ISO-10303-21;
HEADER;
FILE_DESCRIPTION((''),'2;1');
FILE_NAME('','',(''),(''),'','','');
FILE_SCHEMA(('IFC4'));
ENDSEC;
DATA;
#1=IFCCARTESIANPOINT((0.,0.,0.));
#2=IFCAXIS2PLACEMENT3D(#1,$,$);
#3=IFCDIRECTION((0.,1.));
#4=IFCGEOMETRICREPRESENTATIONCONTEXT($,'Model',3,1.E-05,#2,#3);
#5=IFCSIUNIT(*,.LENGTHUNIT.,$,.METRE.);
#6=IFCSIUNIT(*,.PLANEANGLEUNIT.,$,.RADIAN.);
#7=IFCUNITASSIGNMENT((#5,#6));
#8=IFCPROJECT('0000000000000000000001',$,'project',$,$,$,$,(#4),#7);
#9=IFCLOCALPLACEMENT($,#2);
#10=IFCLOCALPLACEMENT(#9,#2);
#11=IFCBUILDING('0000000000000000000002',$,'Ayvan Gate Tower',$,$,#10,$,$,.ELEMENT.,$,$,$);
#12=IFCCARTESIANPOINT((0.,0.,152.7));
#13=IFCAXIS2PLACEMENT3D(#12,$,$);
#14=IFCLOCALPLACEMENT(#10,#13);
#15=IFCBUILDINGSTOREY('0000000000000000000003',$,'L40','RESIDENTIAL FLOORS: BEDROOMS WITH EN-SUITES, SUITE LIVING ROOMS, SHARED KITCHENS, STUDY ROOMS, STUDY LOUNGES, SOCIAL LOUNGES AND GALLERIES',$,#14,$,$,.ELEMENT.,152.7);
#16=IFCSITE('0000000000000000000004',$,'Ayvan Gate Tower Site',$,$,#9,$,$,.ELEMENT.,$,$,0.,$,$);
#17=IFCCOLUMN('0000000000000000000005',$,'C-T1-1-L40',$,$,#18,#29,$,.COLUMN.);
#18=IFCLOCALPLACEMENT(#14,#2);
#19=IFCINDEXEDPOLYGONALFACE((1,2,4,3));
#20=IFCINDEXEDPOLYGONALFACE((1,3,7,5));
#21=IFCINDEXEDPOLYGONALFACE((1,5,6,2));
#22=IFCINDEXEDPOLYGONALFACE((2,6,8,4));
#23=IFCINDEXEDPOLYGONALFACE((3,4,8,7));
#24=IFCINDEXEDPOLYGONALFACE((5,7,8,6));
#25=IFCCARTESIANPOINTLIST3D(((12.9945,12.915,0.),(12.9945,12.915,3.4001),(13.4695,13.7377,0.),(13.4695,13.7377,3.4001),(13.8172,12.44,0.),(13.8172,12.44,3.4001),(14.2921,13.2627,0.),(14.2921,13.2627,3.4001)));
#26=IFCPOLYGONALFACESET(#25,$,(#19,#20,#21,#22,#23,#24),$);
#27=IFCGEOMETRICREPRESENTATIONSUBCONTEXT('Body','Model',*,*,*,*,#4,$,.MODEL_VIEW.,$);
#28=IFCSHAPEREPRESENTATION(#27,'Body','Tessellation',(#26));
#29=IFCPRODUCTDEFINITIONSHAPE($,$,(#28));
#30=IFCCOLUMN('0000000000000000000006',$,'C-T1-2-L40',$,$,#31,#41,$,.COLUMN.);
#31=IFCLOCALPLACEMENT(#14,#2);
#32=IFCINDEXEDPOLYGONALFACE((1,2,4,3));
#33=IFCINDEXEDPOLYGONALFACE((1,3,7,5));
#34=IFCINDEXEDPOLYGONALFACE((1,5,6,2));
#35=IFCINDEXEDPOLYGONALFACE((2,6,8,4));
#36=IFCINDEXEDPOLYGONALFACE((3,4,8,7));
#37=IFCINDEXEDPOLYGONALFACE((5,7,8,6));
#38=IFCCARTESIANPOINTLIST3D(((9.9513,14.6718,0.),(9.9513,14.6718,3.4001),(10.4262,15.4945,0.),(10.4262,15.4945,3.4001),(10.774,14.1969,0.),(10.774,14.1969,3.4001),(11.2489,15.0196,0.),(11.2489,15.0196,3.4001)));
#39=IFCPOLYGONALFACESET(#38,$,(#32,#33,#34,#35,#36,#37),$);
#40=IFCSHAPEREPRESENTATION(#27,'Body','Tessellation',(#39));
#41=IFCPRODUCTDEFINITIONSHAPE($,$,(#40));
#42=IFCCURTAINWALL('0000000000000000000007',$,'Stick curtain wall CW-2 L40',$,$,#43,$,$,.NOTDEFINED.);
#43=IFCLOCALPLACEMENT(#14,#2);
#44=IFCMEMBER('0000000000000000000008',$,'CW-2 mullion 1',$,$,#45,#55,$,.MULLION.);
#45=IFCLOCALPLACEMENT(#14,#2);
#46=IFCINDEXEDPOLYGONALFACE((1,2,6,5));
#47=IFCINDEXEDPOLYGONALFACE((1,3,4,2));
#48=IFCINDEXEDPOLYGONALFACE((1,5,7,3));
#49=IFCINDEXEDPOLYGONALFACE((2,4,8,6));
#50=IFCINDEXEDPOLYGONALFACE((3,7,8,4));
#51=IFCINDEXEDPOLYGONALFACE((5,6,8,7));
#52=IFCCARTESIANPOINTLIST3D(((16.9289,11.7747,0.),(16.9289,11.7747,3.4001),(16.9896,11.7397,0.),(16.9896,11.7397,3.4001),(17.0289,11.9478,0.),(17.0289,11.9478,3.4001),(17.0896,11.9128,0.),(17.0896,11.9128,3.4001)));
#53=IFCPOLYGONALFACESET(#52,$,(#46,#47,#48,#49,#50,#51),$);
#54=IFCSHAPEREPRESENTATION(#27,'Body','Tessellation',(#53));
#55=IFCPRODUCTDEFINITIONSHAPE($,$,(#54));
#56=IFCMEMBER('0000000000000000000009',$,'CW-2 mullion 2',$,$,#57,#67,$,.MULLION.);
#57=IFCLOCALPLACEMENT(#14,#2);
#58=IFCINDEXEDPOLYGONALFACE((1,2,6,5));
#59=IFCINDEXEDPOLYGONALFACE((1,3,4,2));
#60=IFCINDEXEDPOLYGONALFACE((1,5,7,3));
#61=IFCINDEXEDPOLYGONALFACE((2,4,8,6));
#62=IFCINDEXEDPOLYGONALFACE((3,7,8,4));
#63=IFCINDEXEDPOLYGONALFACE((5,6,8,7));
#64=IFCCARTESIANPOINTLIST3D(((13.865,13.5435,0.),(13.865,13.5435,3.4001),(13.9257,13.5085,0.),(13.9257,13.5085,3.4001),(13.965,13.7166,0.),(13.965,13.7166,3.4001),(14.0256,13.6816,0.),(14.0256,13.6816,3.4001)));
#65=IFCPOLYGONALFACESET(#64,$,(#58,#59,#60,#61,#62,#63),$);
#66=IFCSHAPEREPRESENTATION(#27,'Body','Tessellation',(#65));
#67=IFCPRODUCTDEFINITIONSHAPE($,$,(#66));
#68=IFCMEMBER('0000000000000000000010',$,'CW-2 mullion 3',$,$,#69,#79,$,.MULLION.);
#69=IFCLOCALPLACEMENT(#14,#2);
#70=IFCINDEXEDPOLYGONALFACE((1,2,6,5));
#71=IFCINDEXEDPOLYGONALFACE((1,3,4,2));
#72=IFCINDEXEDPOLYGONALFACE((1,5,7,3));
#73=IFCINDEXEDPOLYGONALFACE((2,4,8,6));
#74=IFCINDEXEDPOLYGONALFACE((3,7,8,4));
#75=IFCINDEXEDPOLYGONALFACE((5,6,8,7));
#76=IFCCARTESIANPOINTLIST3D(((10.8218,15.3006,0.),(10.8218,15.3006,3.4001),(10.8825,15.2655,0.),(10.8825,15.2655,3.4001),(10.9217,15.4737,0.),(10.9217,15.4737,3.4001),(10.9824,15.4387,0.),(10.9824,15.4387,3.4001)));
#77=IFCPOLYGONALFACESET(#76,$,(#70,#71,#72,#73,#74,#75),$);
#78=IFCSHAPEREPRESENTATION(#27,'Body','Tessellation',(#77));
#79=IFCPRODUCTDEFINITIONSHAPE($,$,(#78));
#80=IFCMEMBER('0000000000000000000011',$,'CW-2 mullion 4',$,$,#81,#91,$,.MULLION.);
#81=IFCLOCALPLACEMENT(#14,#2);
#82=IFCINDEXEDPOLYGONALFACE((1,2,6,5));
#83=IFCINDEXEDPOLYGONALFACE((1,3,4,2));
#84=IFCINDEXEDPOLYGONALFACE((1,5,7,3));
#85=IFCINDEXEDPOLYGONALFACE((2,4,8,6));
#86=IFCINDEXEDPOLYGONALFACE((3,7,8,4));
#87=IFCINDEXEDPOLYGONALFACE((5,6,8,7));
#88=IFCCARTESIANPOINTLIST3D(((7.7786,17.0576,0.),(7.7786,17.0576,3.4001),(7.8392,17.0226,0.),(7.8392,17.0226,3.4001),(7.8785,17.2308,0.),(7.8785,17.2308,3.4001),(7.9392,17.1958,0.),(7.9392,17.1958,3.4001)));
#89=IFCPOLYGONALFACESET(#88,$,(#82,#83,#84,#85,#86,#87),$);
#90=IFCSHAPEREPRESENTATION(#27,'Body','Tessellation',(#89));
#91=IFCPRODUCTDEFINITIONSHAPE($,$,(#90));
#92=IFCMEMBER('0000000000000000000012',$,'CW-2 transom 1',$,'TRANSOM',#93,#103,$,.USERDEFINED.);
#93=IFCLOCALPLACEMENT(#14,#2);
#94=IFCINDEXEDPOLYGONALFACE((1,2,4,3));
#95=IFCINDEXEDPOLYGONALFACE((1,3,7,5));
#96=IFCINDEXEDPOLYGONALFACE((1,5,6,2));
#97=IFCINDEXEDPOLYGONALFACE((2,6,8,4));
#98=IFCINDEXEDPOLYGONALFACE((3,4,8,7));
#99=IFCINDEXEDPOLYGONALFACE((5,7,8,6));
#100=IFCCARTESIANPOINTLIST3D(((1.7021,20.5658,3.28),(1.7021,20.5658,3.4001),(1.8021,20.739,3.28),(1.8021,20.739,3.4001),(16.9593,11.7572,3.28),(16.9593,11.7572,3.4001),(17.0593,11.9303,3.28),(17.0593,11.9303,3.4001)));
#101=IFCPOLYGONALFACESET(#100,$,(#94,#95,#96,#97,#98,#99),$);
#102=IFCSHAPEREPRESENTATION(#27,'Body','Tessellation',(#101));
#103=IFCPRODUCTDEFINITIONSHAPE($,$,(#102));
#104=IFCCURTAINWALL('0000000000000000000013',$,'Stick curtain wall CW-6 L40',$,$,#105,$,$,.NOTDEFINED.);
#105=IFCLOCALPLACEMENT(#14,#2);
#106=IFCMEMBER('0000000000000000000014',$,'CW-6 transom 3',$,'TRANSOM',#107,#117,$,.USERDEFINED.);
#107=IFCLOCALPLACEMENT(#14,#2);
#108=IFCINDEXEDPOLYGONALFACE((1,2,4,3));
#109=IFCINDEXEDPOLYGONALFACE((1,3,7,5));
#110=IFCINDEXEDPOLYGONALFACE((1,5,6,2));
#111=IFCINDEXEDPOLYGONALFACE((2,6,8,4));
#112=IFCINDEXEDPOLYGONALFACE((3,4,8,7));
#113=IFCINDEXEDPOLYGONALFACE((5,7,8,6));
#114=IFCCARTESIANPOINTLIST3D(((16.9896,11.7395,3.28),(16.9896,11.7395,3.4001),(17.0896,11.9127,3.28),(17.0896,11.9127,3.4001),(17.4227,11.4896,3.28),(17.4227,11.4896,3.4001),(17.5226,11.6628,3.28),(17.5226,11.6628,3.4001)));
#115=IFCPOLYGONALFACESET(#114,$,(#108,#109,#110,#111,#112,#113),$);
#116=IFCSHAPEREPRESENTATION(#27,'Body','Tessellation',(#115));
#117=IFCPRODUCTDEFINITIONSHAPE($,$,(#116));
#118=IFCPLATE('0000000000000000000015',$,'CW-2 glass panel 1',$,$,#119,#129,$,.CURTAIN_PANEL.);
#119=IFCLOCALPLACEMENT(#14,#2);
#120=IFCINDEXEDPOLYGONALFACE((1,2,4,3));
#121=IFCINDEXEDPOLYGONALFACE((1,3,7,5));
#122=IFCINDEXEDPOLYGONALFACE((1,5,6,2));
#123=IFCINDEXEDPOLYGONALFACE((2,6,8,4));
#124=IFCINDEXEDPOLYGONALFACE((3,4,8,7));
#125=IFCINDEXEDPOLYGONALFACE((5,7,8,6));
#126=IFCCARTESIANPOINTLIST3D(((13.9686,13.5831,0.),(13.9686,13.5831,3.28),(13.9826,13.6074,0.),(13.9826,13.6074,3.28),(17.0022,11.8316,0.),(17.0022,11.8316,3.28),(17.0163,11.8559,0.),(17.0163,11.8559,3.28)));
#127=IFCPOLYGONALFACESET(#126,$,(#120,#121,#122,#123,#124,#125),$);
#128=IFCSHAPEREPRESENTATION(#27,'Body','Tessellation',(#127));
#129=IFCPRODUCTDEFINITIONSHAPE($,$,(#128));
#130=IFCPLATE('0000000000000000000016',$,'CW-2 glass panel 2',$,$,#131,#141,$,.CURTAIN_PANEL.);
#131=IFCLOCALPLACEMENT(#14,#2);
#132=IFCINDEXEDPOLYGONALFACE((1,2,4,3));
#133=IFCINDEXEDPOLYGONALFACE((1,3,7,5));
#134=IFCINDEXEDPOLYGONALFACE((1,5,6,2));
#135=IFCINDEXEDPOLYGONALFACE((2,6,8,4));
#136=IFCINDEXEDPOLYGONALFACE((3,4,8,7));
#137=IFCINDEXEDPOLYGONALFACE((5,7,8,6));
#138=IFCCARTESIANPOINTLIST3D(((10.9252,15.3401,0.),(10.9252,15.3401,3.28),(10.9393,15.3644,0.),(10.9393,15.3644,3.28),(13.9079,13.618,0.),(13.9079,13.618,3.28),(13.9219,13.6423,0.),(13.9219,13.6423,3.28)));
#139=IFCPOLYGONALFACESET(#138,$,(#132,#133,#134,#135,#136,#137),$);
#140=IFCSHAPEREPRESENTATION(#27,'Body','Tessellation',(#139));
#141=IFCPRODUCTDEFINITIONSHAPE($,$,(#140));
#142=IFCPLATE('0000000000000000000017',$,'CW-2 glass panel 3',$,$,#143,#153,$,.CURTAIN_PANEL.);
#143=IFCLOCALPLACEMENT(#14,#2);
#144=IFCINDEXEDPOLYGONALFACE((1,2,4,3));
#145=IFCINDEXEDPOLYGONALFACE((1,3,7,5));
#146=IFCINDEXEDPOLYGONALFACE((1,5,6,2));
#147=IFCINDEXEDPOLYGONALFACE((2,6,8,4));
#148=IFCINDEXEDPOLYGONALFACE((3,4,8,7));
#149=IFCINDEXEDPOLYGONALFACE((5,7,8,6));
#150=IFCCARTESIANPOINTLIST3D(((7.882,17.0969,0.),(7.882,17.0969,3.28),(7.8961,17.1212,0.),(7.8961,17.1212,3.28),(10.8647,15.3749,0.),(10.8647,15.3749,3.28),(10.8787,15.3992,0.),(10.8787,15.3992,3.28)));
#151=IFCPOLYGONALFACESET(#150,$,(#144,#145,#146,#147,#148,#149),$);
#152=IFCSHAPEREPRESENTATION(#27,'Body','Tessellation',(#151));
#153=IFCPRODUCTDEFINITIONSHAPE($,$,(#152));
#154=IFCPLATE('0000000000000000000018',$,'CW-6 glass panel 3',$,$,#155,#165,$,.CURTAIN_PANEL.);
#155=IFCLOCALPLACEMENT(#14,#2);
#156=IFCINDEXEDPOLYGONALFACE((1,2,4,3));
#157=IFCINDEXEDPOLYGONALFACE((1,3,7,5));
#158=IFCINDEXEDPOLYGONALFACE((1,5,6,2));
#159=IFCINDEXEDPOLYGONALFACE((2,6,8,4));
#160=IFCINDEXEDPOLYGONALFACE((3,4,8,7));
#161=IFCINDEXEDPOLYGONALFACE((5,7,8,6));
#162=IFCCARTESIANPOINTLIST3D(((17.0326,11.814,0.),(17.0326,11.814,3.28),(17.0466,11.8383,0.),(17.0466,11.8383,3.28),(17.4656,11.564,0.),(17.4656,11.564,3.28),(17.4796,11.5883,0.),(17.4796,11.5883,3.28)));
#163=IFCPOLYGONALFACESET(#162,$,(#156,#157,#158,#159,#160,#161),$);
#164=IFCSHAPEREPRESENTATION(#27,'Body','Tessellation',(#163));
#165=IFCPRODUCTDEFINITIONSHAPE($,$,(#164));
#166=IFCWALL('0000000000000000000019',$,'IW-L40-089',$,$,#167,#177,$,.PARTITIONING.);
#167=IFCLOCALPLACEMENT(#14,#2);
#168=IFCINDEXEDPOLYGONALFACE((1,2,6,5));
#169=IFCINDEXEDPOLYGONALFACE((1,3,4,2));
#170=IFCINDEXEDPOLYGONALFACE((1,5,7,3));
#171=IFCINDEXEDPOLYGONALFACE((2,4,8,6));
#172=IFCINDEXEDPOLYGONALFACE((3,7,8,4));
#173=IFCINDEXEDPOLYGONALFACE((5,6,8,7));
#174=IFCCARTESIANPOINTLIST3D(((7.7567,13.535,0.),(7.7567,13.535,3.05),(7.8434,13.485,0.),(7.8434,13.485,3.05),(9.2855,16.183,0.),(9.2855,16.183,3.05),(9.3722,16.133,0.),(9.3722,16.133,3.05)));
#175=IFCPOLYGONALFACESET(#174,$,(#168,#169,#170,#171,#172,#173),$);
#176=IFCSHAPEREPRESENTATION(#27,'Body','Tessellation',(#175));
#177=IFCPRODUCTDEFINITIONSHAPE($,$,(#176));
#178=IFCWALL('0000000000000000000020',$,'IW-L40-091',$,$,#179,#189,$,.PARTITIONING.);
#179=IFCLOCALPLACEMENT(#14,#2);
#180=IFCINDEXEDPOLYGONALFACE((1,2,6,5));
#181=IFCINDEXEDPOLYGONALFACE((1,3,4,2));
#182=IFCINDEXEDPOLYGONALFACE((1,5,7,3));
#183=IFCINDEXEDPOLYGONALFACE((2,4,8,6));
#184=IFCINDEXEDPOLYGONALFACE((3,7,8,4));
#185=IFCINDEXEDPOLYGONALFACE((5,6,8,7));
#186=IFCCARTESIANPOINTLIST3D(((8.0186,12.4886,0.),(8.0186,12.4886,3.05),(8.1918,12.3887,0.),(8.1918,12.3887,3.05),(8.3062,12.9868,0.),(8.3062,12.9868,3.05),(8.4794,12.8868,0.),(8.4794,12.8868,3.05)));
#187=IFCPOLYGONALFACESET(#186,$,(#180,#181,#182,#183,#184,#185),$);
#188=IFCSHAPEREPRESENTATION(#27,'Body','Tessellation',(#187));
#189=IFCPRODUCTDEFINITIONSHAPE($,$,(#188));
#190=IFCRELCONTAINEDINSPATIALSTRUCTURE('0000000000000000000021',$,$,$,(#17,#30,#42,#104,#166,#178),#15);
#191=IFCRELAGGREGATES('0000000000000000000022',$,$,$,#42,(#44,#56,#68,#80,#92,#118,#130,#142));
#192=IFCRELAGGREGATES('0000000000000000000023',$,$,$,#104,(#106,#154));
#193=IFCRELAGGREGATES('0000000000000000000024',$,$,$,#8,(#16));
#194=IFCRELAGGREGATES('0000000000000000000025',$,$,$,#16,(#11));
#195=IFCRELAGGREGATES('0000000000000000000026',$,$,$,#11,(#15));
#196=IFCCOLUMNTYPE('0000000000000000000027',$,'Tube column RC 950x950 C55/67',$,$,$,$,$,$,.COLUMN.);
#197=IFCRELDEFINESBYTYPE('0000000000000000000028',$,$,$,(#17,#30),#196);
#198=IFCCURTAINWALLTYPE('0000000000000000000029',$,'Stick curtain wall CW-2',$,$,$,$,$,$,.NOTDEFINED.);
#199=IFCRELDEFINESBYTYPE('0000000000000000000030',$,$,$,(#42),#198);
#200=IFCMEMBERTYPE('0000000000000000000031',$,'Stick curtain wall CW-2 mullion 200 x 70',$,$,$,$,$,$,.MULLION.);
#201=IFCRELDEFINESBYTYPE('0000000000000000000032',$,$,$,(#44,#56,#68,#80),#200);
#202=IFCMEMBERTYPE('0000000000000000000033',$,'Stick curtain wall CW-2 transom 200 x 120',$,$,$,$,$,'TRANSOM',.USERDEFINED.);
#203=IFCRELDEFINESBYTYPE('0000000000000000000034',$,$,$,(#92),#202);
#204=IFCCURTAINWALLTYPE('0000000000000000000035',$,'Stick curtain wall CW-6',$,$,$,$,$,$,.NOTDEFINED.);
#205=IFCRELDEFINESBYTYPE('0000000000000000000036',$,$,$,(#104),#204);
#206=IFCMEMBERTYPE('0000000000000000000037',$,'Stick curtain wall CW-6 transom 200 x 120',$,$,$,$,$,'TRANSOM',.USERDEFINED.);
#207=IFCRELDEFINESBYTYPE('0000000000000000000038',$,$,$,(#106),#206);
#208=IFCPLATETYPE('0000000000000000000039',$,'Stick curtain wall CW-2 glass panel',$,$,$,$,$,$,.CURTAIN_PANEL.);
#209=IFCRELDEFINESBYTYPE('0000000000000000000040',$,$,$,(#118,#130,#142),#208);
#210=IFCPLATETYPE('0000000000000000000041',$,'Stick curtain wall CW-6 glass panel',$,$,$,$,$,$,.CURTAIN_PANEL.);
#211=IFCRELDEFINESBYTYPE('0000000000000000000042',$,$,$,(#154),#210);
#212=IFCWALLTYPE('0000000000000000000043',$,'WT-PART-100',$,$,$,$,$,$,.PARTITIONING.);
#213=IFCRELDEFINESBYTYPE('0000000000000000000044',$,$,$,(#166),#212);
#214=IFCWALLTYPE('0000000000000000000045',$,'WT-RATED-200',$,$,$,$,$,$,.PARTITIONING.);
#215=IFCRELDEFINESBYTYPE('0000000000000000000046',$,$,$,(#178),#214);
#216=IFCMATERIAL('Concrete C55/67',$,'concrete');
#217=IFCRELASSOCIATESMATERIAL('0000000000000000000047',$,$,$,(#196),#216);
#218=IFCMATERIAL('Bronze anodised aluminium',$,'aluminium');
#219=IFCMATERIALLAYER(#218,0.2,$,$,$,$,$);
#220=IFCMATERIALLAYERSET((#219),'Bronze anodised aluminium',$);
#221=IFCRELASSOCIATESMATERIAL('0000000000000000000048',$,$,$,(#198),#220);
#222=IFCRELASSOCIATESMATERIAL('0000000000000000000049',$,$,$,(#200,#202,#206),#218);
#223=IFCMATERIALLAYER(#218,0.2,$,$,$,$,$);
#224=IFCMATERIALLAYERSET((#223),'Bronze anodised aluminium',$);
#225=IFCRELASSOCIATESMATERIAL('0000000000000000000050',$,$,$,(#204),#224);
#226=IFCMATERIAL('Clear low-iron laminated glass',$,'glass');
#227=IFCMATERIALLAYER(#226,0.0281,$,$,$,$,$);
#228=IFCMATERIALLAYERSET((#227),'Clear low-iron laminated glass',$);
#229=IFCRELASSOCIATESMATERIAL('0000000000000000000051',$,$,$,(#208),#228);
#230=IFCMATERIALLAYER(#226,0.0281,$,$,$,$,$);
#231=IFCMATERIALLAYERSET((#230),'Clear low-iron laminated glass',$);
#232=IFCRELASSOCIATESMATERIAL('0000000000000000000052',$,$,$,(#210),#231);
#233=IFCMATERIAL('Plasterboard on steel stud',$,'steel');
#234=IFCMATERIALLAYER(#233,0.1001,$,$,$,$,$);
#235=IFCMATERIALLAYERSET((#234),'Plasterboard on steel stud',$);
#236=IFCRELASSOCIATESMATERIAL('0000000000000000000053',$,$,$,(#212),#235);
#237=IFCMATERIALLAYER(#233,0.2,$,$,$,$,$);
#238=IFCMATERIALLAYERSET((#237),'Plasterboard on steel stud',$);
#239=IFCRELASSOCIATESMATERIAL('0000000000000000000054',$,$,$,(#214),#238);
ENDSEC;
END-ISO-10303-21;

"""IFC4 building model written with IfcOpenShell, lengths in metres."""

from ifc_helpers import new_model, si_unit, direction, frame, frame_2d, origin, origin_2d, place, context, subcontext, project, spatial, rectangle, extrude, material, layer, layer_set, material_profile, profile_set, type_object, element, aggregate, save


model = new_model("IFC4")

# Units and contexts
model_context = context("Model", 3, precision=1e-05, world=origin(), true_north=direction((0.0, 1.0)))
body_context = subcontext(model_context, "Body", "Model", "MODEL_VIEW")
ifc_project = project(units=[si_unit("LENGTHUNIT", "METRE"), si_unit("PLANEANGLEUNIT", "RADIAN")], contexts=[model_context])

# Site, building, storey
site_placement = place(None, origin())
site = spatial("IfcSite", under=ifc_project, at=site_placement, Name="Ayvan Gate Tower Site", CompositionType="ELEMENT", RefElevation=0.0)
building_placement = place(site_placement, origin())
building = spatial("IfcBuilding", under=site, at=building_placement, Name="Ayvan Gate Tower", CompositionType="ELEMENT")
storey_placement = place(building_placement, frame((0.0, 0.0, 152.7)))
storey = spatial("IfcBuildingStorey", under=building, at=storey_placement, Name="L40", Description="RESIDENTIAL FLOORS: BEDROOMS WITH EN-SUITES, SUITE LIVING ROOMS, SHARED KITCHENS, STUDY ROOMS, STUDY LOUNGES, SOCIAL LOUNGES AND GALLERIES", CompositionType="ELEMENT", Elevation=152.7)

# Columns
ifc_material_1 = material(Name="Concrete C55/67", Category="concrete")
ifc_material_profile_1 = material_profile(ifc_material_1, rectangle(XDim=0.95, YDim=0.95, at=origin_2d()), Name="RC 950x950")
ifc_profile_set_1 = profile_set([ifc_material_profile_1], Name="Concrete C55/67")
column_type = type_object("IfcColumnType", Name="Tube column RC 950x950 C55/67", PredefinedType="COLUMN", material=ifc_profile_set_1)
for number, where, z_axis, x_axis, name in (
    (1, (13.6433, 13.0889, 0.0), (0.0, 0.0, 1.0), (0.5, 0.866025, 0.0), "C-T1-1-L40"),
    (2, (10.6001, 14.8457, 0.0), (0.0, 0.0, 1.0), (0.5, 0.866025, 0.0), "C-T1-2-L40"),
):
    element("IfcColumn", number, at=place(storey_placement, frame(where, z_axis=z_axis, x_axis=x_axis)), inside=storey, type_object=column_type, Name=name, PredefinedType="COLUMN", context=body_context, shape_type="SweptSolid", body=[
        extrude(rectangle(XDim=0.95, YDim=0.95, at=origin_2d()), origin(), (0.0, 0.0, 1.0), 3.4001),
    ])

# Curtain wall, members
ifc_material_2 = material(Name="Bronze anodised aluminium", Category="aluminium")
ifc_layer_1 = layer(ifc_material_2, 0.2)
ifc_layer_set_1 = layer_set([ifc_layer_1], Name="Bronze anodised aluminium")
curtain_wall_type_1 = type_object("IfcCurtainWallType", Name="Stick curtain wall CW-2", PredefinedType="NOTDEFINED", material=ifc_layer_set_1)
curtain_wall_1_placement = place(storey_placement, origin())
curtain_wall_1 = element("IfcCurtainWall", 3, at=curtain_wall_1_placement, inside=storey, type_object=curtain_wall_type_1, Name="Stick curtain wall CW-2 L40", PredefinedType="NOTDEFINED")
ifc_material_profile_2 = material_profile(ifc_material_2, rectangle(XDim=0.2, YDim=0.0701, at=origin_2d()), Name="Stick curtain wall CW-2 mullion 200 x 70")
ifc_profile_set_2 = profile_set([ifc_material_profile_2], Name="Bronze anodised aluminium")
member_type_1 = type_object("IfcMemberType", Name="Stick curtain wall CW-2 mullion 200 x 70", PredefinedType="MULLION", material=ifc_profile_set_2)
member_1_placement = place(storey_placement, frame((17.0093, 11.8438, 0.0), z_axis=(0.0, 0.0, 1.0), x_axis=(0.5, 0.866025, 0.0)))
member_1 = element("IfcMember", 4, at=member_1_placement, type_object=member_type_1, Name="CW-2 mullion 1", PredefinedType="MULLION", context=body_context, shape_type="SweptSolid", body=[
    extrude(rectangle(XDim=0.2, YDim=0.0701, at=origin_2d()), origin(), (0.0, 0.0, 1.0), 3.4001),
])
member_2_placement = place(storey_placement, frame((13.9453, 13.6125, 0.0), z_axis=(0.0, 0.0, 1.0), x_axis=(0.5, 0.866025, 0.0)))
member_2 = element("IfcMember", 5, at=member_2_placement, type_object=member_type_1, Name="CW-2 mullion 2", PredefinedType="MULLION", context=body_context, shape_type="SweptSolid", body=[
    extrude(rectangle(XDim=0.2, YDim=0.0701, at=origin_2d()), origin(), (0.0, 0.0, 1.0), 3.4001),
])
member_3_placement = place(storey_placement, frame((10.9021, 15.3696, 0.0), z_axis=(0.0, 0.0, 1.0), x_axis=(0.5, 0.866025, 0.0)))
member_3 = element("IfcMember", 6, at=member_3_placement, type_object=member_type_1, Name="CW-2 mullion 3", PredefinedType="MULLION", context=body_context, shape_type="SweptSolid", body=[
    extrude(rectangle(XDim=0.2, YDim=0.0701, at=origin_2d()), origin(), (0.0, 0.0, 1.0), 3.4001),
])
member_4_placement = place(storey_placement, frame((7.8589, 17.1267, 0.0), z_axis=(0.0, 0.0, 1.0), x_axis=(0.5, 0.866025, 0.0)))
member_4 = element("IfcMember", 7, at=member_4_placement, type_object=member_type_1, Name="CW-2 mullion 4", PredefinedType="MULLION", context=body_context, shape_type="SweptSolid", body=[
    extrude(rectangle(XDim=0.2, YDim=0.0701, at=origin_2d()), origin(), (0.0, 0.0, 1.0), 3.4001),
])
ifc_material_profile_3 = material_profile(ifc_material_2, rectangle(XDim=0.2, YDim=0.1201, at=origin_2d()), Name="Stick curtain wall CW-2 transom 200 x 120")
ifc_profile_set_3 = profile_set([ifc_material_profile_3], Name="Bronze anodised aluminium")
member_type_2 = type_object("IfcMemberType", Name="Stick curtain wall CW-2 transom 200 x 120", ElementType="TRANSOM", PredefinedType="USERDEFINED", material=ifc_profile_set_3)
member_5_placement = place(storey_placement, frame((17.0093, 11.8438, 3.3401), z_axis=(-0.866028, 0.499996, 0.0), x_axis=(-0.499996, -0.866028, 0.0)))
member_5 = element("IfcMember", 8, at=member_5_placement, type_object=member_type_2, Name="CW-2 transom 1", ObjectType="TRANSOM", PredefinedType="USERDEFINED", context=body_context, shape_type="SweptSolid", body=[
    extrude(rectangle(XDim=0.2, YDim=0.1201, at=origin_2d()), origin(), (0.0, 0.0, 1.0), 17.6174),
])

# Curtain wall, member
ifc_layer_2 = layer(ifc_material_2, 0.2)
ifc_layer_set_2 = layer_set([ifc_layer_2], Name="Bronze anodised aluminium")
curtain_wall_type_2 = type_object("IfcCurtainWallType", Name="Stick curtain wall CW-6", PredefinedType="NOTDEFINED", material=ifc_layer_set_2)
curtain_wall_2_placement = place(storey_placement, origin())
curtain_wall_2 = element("IfcCurtainWall", 9, at=curtain_wall_2_placement, inside=storey, type_object=curtain_wall_type_2, Name="Stick curtain wall CW-6 L40", PredefinedType="NOTDEFINED")
ifc_material_profile_4 = material_profile(ifc_material_2, rectangle(XDim=0.2, YDim=0.1201, at=origin_2d()), Name="Stick curtain wall CW-6 transom 200 x 120")
ifc_profile_set_4 = profile_set([ifc_material_profile_4], Name="Bronze anodised aluminium")
member_type_3 = type_object("IfcMemberType", Name="Stick curtain wall CW-6 transom 200 x 120", ElementType="TRANSOM", PredefinedType="USERDEFINED", material=ifc_profile_set_4)
member_6_placement = place(storey_placement, frame((17.4727, 11.5762, 3.3401), z_axis=(-0.866072, 0.49992, 0.0), x_axis=(-0.49992, -0.866072, 0.0)))
member_6 = element("IfcMember", 10, at=member_6_placement, type_object=member_type_3, Name="CW-6 transom 3", ObjectType="TRANSOM", PredefinedType="USERDEFINED", context=body_context, shape_type="SweptSolid", body=[
    extrude(rectangle(XDim=0.2, YDim=0.1201, at=origin_2d()), origin(), (0.0, 0.0, 1.0), 0.5),
])

# Plates
ifc_material_3 = material(Name="Clear low-iron laminated glass", Category="glass")
ifc_layer_3 = layer(ifc_material_3, 0.0281)
ifc_layer_set_3 = layer_set([ifc_layer_3], Name="Clear low-iron laminated glass")
plate_type_1 = type_object("IfcPlateType", Name="Stick curtain wall CW-2 glass panel", PredefinedType="CURTAIN_PANEL", material=ifc_layer_set_3)
plate_1_placement = place(storey_placement, frame((15.4924, 12.7195, 0.0), z_axis=(0.0, 0.0, 1.0), x_axis=(-0.866025, 0.5, 0.0)))
plate_1 = element("IfcPlate", 11, at=plate_1_placement, type_object=plate_type_1, Name="CW-2 glass panel 1", PredefinedType="CURTAIN_PANEL", context=body_context, shape_type="SweptSolid", body=[
    extrude(rectangle(XDim=3.5029, YDim=0.0281, at=origin_2d()), origin(), (0.0, 0.0, 1.0), 3.28),
])
plate_2_placement = place(storey_placement, frame((12.4236, 14.4912, 0.0), z_axis=(0.0, 0.0, 1.0), x_axis=(-0.866025, 0.5, 0.0)))
plate_2 = element("IfcPlate", 12, at=plate_2_placement, type_object=plate_type_1, Name="CW-2 glass panel 2", PredefinedType="CURTAIN_PANEL", context=body_context, shape_type="SweptSolid", body=[
    extrude(rectangle(XDim=3.4441, YDim=0.0281, at=origin_2d()), origin(), (0.0, 0.0, 1.0), 3.28),
])
plate_3_placement = place(storey_placement, frame((9.3804, 16.248, 0.0), z_axis=(0.0, 0.0, 1.0), x_axis=(-0.866025, 0.5, 0.0)))
plate_3 = element("IfcPlate", 13, at=plate_3_placement, type_object=plate_type_1, Name="CW-2 glass panel 3", PredefinedType="CURTAIN_PANEL", context=body_context, shape_type="SweptSolid", body=[
    extrude(rectangle(XDim=3.4441, YDim=0.0281, at=origin_2d()), origin(), (0.0, 0.0, 1.0), 3.28),
])
aggregate(curtain_wall_1, [member_1, member_2, member_3, member_4, member_5, plate_1, plate_2, plate_3])
ifc_layer_4 = layer(ifc_material_3, 0.0281)
ifc_layer_set_4 = layer_set([ifc_layer_4], Name="Clear low-iron laminated glass")
plate_type_2 = type_object("IfcPlateType", Name="Stick curtain wall CW-6 glass panel", PredefinedType="CURTAIN_PANEL", material=ifc_layer_set_4)
plate_4_placement = place(storey_placement, frame((17.2561, 11.7012, 0.0), z_axis=(0.0, 0.0, 1.0), x_axis=(-0.866025, 0.5, 0.0)))
plate_4 = element("IfcPlate", 14, at=plate_4_placement, type_object=plate_type_2, Name="CW-6 glass panel 3", PredefinedType="CURTAIN_PANEL", context=body_context, shape_type="SweptSolid", body=[
    extrude(rectangle(XDim=0.5, YDim=0.0281, at=origin_2d()), origin(), (0.0, 0.0, 1.0), 3.28),
])
aggregate(curtain_wall_2, [member_6, plate_4])

# Walls
ifc_material_4 = material(Name="Plasterboard on steel stud", Category="steel")
ifc_layer_5 = layer(ifc_material_4, 0.1001)
ifc_layer_set_5 = layer_set([ifc_layer_5], Name="Plasterboard on steel stud")
wall_type_1 = type_object("IfcWallType", Name="WT-PART-100", PredefinedType="PARTITIONING", material=ifc_layer_set_5)
wall_1_placement = place(storey_placement, frame((7.8, 13.51, 0.0), z_axis=(0.0, 0.0, 1.0), x_axis=(0.500004, 0.866023, 0.0)))
element("IfcWall", 15, at=wall_1_placement, inside=storey, type_object=wall_type_1, Name="IW-L40-089", PredefinedType="PARTITIONING", context=body_context, shape_type="SweptSolid", body=[
    extrude(rectangle(XDim=3.0576, YDim=0.1001, at=frame_2d((1.5288, 0.0))), origin(), (0.0, 0.0, 1.0), 3.05),
])
ifc_layer_6 = layer(ifc_material_4, 0.2)
ifc_layer_set_6 = layer_set([ifc_layer_6], Name="Plasterboard on steel stud")
wall_type_2 = type_object("IfcWallType", Name="WT-RATED-200", PredefinedType="PARTITIONING", material=ifc_layer_set_6)
wall_2_placement = place(storey_placement, frame((8.3928, 12.9368, 0.0), z_axis=(0.0, 0.0, 1.0), x_axis=(-0.500065, -0.865988, 0.0)))
element("IfcWall", 16, at=wall_2_placement, inside=storey, type_object=wall_type_2, Name="IW-L40-091", PredefinedType="PARTITIONING", context=body_context, shape_type="SweptSolid", body=[
    extrude(rectangle(XDim=0.5752, YDim=0.2, at=frame_2d((0.2876, 0.0))), origin(), (0.0, 0.0, 1.0), 3.05),
])

save(model, "model.ifc")
